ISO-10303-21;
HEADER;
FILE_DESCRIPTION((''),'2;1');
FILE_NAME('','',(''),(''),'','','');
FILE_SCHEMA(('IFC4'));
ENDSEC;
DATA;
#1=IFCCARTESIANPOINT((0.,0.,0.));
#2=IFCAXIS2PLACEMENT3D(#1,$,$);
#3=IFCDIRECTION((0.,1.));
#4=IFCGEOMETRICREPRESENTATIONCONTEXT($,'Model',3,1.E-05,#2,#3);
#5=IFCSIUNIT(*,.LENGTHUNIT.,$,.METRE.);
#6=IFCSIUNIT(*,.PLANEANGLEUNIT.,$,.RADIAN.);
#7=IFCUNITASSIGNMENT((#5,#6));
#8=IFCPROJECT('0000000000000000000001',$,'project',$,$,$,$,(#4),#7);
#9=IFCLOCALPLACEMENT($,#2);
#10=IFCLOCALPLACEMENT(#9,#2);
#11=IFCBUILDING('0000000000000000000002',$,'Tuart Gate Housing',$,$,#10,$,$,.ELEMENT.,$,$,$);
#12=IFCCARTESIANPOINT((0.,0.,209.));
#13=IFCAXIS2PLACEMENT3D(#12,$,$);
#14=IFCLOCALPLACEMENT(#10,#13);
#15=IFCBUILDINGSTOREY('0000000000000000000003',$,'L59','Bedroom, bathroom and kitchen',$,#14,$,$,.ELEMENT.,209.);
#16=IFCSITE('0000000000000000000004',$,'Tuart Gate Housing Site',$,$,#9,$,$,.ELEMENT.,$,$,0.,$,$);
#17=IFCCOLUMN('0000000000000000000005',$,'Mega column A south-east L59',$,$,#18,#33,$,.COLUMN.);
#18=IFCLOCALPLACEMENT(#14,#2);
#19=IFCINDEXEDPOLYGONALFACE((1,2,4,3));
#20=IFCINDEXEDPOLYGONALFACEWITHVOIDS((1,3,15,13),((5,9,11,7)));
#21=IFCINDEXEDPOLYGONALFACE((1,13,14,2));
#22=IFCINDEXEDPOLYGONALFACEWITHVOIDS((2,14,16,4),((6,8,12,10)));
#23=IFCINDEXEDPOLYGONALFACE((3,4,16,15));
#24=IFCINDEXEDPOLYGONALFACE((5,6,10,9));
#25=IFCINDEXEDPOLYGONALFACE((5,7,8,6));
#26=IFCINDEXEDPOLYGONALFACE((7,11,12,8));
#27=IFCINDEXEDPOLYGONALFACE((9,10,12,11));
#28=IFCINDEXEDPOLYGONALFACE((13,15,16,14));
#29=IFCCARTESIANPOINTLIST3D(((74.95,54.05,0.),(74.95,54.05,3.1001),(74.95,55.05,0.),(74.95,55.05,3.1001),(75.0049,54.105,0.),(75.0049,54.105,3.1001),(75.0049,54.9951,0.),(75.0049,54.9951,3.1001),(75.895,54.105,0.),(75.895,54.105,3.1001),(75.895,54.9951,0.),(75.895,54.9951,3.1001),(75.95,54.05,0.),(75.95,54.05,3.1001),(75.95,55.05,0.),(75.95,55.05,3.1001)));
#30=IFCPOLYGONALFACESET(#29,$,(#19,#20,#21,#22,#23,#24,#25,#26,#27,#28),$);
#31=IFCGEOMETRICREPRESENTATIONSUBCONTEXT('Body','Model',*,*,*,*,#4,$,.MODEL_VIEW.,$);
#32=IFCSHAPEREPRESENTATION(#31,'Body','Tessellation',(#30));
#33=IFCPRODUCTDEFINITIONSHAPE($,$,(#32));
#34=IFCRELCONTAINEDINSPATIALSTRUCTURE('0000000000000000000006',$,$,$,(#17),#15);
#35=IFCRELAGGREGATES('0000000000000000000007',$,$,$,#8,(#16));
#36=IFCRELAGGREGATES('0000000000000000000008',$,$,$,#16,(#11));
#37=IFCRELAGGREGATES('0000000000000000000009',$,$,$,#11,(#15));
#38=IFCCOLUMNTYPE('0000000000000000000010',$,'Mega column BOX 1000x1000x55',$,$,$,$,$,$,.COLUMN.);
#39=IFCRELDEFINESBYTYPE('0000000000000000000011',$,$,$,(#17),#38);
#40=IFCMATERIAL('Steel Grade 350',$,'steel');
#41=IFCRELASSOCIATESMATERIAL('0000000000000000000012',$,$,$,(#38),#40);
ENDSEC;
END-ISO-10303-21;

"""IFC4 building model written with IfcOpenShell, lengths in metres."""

from ifc_helpers import new_model, si_unit, direction, frame, origin, origin_2d, place, context, subcontext, project, spatial, hollow_rectangle, extrude, material, material_profile, profile_set, type_object, element, save


model = new_model("IFC4")

# Units and contexts
model_context = context("Model", 3, precision=1e-05, world=origin(), true_north=direction((0.0, 1.0)))
body_context = subcontext(model_context, "Body", "Model", "MODEL_VIEW")
ifc_project = project(units=[si_unit("LENGTHUNIT", "METRE"), si_unit("PLANEANGLEUNIT", "RADIAN")], contexts=[model_context])

# Site, building, storey
site_placement = place(None, origin())
site = spatial("IfcSite", under=ifc_project, at=site_placement, Name="Tuart Gate Housing Site", CompositionType="ELEMENT", RefElevation=0.0)
building_placement = place(site_placement, origin())
building = spatial("IfcBuilding", under=site, at=building_placement, Name="Tuart Gate Housing", CompositionType="ELEMENT")
storey_placement = place(building_placement, frame((0.0, 0.0, 209.0)))
storey = spatial("IfcBuildingStorey", under=building, at=storey_placement, Name="L59", Description="Bedroom, bathroom and kitchen", CompositionType="ELEMENT", Elevation=209.0)

# Column
ifc_material_1 = material(Name="Steel Grade 350", Category="steel")
ifc_material_profile = material_profile(ifc_material_1, hollow_rectangle(XDim=1.0, YDim=1.0, WallThickness=0.0549, at=origin_2d()), Name="BOX 1000x1000x55")
ifc_profile_set = profile_set([ifc_material_profile], Name="Steel Grade 350")
column_type = type_object("IfcColumnType", Name="Mega column BOX 1000x1000x55", PredefinedType="COLUMN", material=ifc_profile_set)
column_placement = place(storey_placement, frame((75.45, 54.55, 0.0), z_axis=(0.0, 0.0, 1.0), x_axis=(1.0, 0.0, 0.0)))
element("IfcColumn", 1, at=column_placement, inside=storey, type_object=column_type, Name="Mega column A south-east L59", PredefinedType="COLUMN", context=body_context, shape_type="SweptSolid", body=[
    extrude(hollow_rectangle(XDim=1.0, YDim=1.0, WallThickness=0.0549, at=origin_2d()), origin(), (0.0, 0.0, 1.0), 3.1001),
])

save(model, "model.ifc")
